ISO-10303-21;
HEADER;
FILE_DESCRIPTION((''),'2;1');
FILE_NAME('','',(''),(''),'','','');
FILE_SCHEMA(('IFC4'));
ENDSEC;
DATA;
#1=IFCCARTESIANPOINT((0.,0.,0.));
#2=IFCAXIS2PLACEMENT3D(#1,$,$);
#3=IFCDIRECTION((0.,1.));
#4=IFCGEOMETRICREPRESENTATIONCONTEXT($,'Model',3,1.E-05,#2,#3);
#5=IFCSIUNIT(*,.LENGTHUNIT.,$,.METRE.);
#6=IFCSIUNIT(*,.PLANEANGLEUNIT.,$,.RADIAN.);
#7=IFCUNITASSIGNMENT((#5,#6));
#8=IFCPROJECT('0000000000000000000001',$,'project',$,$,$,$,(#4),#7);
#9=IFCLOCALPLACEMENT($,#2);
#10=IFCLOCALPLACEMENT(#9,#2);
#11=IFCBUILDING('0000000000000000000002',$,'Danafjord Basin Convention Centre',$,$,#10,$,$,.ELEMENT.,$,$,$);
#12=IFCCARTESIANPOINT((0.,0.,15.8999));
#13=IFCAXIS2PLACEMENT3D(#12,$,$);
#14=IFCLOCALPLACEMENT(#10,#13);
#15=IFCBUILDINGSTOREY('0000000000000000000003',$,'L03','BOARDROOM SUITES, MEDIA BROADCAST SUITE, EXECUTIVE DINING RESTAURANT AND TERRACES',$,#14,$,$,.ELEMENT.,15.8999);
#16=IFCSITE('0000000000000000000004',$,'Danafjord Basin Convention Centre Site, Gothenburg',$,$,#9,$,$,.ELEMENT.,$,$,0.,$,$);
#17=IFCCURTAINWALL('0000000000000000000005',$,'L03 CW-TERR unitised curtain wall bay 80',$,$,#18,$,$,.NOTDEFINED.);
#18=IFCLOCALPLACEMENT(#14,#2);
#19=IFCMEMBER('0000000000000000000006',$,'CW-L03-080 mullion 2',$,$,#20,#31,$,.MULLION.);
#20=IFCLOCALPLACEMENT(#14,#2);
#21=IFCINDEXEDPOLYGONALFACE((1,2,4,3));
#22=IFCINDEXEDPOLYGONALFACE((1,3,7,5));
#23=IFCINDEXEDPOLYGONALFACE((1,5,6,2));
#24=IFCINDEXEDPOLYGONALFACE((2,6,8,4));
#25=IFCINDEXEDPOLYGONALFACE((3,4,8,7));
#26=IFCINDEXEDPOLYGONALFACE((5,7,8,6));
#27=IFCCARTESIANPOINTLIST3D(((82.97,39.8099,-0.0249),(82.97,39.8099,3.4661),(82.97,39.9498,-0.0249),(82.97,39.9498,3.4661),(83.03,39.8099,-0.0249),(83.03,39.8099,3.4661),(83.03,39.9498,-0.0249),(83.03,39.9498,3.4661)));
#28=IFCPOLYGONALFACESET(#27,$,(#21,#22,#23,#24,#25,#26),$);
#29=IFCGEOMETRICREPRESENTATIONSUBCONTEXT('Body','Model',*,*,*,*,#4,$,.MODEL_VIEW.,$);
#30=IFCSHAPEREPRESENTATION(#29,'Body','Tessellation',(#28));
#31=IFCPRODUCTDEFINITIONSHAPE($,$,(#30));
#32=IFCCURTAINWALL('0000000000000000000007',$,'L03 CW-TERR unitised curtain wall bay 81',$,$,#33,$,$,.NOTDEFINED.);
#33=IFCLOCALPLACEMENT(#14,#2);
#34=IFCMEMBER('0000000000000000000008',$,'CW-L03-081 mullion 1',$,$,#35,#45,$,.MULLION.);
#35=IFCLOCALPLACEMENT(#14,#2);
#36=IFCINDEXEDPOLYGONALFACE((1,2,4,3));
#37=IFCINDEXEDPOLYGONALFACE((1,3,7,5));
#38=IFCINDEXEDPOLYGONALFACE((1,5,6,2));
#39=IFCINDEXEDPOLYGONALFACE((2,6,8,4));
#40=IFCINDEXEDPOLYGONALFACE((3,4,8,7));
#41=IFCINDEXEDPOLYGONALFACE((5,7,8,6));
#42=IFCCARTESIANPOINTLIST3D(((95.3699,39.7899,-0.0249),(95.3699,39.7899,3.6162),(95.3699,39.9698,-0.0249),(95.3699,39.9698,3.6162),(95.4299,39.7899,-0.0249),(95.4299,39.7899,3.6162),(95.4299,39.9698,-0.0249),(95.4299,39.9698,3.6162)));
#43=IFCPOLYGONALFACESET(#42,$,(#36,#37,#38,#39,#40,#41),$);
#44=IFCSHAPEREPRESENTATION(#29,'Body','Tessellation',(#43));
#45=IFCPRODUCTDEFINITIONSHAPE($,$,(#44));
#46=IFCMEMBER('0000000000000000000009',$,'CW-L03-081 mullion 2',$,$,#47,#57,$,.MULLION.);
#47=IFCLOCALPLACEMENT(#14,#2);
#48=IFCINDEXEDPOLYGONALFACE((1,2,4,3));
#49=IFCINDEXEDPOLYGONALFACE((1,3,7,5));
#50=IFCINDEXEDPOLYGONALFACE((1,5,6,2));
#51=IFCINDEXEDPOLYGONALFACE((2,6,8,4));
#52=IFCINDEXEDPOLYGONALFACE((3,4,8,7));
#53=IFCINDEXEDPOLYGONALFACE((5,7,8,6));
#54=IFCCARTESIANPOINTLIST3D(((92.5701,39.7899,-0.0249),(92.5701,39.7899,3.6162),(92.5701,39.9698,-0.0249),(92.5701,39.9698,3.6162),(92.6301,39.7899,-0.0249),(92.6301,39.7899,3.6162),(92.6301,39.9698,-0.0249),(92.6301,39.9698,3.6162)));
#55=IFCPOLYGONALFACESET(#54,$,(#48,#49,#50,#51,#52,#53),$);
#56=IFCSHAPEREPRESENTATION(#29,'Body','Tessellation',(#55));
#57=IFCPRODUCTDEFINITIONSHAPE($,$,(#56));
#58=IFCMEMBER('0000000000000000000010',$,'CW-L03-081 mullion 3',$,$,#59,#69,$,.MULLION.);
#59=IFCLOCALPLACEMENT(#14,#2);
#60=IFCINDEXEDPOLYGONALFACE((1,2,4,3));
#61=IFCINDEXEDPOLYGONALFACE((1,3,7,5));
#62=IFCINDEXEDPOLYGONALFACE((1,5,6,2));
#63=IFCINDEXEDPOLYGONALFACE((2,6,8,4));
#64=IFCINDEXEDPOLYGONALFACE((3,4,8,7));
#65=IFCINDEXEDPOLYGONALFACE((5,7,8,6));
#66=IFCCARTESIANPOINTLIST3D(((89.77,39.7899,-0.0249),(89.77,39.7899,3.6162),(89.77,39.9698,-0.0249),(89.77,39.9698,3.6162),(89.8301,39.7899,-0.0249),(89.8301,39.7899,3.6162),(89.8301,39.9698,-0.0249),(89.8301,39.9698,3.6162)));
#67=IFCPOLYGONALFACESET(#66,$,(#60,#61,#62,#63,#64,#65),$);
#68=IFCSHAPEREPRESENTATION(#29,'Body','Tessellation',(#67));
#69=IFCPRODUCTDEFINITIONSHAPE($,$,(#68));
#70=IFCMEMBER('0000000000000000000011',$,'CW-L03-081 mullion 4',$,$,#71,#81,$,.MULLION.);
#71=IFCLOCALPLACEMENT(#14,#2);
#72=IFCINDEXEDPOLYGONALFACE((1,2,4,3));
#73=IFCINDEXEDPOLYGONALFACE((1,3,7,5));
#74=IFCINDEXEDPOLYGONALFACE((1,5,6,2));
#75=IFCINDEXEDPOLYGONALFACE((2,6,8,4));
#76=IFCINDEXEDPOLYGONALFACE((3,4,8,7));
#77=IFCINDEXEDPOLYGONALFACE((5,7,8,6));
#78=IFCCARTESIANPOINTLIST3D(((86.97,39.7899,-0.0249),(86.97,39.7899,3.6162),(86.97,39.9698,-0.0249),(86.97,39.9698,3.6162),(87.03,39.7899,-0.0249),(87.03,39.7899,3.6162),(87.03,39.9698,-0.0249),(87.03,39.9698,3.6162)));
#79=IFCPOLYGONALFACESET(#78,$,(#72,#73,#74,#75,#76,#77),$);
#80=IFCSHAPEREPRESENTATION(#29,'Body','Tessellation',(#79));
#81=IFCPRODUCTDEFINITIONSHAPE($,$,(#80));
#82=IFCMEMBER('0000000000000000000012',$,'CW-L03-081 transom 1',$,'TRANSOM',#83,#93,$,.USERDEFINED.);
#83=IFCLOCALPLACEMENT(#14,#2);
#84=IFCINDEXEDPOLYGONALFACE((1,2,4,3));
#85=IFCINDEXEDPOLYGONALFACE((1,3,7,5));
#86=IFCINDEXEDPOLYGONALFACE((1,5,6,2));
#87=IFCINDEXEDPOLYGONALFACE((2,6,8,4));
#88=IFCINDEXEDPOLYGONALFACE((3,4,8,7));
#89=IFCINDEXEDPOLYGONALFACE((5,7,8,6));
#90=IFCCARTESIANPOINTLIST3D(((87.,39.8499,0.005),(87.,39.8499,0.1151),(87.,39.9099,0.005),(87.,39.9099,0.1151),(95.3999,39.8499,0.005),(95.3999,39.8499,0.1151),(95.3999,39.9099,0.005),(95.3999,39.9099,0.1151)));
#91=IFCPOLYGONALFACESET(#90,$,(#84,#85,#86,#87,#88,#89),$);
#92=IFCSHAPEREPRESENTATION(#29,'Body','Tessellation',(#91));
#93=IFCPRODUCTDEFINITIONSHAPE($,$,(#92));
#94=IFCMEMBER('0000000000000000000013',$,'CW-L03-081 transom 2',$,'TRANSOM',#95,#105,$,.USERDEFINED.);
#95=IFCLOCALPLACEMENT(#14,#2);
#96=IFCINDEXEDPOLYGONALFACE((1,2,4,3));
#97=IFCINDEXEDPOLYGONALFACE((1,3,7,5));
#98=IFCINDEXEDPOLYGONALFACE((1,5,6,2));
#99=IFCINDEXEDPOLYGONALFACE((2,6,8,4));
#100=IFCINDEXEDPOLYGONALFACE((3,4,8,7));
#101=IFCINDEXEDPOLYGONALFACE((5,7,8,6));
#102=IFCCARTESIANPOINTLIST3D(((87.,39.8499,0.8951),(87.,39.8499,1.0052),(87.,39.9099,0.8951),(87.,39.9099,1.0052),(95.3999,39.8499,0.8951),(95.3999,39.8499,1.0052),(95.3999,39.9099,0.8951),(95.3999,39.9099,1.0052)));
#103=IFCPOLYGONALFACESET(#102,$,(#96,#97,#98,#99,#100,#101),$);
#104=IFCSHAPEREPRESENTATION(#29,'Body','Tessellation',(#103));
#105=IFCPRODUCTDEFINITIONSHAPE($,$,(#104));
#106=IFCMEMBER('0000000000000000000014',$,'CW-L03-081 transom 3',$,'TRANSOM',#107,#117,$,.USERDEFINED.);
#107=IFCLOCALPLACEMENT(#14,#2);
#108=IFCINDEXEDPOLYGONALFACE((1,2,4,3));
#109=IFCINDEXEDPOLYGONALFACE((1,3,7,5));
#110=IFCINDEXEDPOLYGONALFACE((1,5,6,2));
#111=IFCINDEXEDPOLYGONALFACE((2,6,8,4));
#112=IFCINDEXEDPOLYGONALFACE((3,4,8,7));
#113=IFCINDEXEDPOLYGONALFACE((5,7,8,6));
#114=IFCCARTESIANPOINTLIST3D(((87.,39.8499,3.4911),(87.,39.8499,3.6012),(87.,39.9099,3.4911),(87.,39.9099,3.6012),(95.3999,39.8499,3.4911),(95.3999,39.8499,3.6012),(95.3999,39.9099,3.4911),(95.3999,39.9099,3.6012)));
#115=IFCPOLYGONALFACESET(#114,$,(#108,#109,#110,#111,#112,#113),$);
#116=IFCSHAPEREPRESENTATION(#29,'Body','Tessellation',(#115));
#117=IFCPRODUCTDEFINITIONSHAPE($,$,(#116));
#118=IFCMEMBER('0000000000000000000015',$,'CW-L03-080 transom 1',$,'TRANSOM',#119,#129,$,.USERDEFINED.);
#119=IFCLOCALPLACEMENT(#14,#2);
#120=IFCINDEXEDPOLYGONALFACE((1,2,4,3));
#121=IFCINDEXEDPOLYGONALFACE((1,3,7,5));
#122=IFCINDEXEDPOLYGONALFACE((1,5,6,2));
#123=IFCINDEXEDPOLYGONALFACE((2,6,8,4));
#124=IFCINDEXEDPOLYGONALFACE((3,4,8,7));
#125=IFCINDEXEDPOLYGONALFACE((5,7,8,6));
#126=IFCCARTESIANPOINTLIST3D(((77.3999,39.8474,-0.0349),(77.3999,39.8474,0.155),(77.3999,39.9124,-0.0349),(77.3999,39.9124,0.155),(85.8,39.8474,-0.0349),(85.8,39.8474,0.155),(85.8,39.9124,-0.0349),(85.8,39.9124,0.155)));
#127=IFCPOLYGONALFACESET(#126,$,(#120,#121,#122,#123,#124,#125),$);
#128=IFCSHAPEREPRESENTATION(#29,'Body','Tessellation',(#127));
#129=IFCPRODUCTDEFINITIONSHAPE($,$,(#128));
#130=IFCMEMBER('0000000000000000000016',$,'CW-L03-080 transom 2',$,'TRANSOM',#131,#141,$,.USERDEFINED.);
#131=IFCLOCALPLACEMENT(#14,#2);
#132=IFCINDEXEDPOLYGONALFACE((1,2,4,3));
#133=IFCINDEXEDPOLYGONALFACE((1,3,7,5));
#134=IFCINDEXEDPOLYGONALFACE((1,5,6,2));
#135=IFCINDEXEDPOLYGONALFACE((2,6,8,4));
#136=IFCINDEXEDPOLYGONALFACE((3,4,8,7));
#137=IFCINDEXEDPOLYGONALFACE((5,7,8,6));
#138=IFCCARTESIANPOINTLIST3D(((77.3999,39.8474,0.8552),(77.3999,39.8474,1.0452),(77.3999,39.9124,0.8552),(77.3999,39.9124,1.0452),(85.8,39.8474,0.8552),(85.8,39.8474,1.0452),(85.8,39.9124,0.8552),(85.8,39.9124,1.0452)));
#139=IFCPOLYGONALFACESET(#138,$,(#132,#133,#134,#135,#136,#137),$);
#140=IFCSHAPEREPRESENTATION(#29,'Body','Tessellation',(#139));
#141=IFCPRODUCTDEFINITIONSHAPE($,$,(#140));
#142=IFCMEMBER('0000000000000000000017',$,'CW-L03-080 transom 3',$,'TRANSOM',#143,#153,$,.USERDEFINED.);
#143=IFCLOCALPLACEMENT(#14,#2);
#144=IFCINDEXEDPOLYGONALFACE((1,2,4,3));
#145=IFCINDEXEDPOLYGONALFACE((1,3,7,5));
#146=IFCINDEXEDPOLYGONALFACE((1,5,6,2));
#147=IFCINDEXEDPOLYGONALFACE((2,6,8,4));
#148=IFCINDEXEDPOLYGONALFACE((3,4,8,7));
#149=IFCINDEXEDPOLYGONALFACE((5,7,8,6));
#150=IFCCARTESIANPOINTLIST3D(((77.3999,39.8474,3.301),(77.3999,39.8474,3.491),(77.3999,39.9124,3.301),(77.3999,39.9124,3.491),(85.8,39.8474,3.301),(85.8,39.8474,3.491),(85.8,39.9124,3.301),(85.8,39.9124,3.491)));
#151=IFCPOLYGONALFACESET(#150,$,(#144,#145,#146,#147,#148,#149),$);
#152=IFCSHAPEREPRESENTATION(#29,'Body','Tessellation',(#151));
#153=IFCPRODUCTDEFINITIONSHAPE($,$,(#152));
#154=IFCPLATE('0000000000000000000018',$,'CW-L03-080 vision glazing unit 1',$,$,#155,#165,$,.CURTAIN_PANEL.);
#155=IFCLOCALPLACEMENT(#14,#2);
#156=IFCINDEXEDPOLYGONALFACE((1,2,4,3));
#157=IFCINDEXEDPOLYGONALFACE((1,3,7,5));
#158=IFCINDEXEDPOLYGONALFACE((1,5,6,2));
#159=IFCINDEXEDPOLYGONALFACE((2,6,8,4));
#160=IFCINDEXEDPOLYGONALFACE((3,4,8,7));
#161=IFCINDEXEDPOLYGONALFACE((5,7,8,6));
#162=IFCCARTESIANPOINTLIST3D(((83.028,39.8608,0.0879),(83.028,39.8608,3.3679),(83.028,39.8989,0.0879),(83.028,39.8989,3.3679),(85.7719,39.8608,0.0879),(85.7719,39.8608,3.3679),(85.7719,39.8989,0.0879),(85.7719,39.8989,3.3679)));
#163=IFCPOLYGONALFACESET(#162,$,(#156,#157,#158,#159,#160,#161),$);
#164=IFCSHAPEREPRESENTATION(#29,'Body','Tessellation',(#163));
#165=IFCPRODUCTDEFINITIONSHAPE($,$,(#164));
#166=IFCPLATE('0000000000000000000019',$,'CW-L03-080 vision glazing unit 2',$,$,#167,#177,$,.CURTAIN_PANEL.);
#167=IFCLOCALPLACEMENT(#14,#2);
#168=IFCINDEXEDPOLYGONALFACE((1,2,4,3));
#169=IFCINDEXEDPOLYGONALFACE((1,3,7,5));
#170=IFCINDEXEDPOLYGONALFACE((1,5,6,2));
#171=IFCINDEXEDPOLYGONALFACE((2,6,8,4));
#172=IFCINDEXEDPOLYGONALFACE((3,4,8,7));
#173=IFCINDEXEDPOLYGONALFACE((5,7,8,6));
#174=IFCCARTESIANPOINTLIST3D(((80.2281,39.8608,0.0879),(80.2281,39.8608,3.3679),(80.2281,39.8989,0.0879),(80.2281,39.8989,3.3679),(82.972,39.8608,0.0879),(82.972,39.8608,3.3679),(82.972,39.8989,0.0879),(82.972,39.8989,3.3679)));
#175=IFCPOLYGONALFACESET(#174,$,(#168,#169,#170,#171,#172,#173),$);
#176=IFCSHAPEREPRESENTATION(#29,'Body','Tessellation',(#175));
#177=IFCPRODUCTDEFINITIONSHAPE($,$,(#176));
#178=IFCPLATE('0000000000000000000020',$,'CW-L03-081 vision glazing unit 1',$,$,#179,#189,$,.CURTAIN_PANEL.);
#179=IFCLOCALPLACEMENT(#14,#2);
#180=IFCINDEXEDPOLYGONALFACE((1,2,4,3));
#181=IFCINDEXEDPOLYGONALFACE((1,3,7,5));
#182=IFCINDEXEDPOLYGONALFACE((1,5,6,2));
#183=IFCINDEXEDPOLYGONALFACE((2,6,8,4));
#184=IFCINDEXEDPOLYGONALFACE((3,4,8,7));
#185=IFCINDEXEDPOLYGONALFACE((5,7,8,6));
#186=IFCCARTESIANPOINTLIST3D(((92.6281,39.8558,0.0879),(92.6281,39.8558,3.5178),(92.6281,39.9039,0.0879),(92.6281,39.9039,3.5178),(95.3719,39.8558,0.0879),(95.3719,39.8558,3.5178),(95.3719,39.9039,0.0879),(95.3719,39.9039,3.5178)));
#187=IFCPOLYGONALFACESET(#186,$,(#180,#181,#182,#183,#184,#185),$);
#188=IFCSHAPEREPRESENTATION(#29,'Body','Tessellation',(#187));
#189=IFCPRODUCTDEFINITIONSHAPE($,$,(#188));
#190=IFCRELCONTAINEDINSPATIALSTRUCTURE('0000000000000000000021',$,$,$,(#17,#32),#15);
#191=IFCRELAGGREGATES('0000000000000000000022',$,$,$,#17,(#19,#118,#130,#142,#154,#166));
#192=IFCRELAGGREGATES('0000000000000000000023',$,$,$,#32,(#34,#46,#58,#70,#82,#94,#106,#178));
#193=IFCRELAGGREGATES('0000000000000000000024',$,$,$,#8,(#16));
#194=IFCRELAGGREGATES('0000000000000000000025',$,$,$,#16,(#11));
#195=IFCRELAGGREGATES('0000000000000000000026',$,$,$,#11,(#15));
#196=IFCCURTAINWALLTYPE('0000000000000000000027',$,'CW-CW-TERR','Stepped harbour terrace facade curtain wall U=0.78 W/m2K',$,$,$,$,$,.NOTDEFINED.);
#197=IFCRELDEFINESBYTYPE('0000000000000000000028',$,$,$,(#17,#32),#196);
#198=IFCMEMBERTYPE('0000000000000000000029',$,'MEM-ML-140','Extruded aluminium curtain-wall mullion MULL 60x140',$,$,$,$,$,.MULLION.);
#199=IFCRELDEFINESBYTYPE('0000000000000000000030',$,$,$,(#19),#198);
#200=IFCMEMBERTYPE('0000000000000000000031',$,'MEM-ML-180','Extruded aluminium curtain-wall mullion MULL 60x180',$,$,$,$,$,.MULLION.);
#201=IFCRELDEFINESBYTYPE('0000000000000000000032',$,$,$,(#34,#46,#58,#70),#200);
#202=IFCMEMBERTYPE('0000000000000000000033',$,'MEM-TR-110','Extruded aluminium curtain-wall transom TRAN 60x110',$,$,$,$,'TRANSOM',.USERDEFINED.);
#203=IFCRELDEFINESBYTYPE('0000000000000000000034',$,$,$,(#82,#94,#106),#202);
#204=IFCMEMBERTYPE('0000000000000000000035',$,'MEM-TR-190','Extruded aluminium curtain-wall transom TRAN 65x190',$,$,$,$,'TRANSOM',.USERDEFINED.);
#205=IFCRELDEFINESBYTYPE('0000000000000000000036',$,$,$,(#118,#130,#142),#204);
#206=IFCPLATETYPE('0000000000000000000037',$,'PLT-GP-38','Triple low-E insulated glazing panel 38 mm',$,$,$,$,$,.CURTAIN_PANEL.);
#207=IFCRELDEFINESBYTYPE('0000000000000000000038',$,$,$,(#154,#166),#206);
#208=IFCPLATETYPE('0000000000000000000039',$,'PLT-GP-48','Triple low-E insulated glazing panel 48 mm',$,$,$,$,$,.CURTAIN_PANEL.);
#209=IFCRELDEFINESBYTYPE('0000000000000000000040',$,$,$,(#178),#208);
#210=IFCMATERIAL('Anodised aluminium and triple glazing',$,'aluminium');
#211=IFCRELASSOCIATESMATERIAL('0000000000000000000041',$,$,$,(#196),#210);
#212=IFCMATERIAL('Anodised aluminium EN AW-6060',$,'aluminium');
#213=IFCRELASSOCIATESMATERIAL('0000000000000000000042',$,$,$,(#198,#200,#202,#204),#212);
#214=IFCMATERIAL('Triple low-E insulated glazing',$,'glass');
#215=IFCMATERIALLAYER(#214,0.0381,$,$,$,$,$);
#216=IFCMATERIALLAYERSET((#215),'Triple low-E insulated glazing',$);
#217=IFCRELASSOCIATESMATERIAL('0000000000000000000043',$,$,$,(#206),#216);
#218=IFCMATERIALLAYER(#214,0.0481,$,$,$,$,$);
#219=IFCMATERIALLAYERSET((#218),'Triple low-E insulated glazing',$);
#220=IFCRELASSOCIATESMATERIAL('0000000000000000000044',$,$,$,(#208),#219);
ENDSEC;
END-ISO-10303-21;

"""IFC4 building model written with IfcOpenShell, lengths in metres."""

from ifc_helpers import new_model, si_unit, direction, frame, origin, origin_2d, place, context, subcontext, project, spatial, rectangle, extrude, material, layer, layer_set, material_profile, profile_set, type_object, element, aggregate, save


model = new_model("IFC4")

# Units and contexts
model_context = context("Model", 3, precision=1e-05, world=origin(), true_north=direction((0.0, 1.0)))
body_context = subcontext(model_context, "Body", "Model", "MODEL_VIEW")
ifc_project = project(units=[si_unit("LENGTHUNIT", "METRE"), si_unit("PLANEANGLEUNIT", "RADIAN")], contexts=[model_context])

# Site, building, storey
site_placement = place(None, origin())
site = spatial("IfcSite", under=ifc_project, at=site_placement, Name="Danafjord Basin Convention Centre Site, Gothenburg", CompositionType="ELEMENT", RefElevation=0.0)
building_placement = place(site_placement, origin())
building = spatial("IfcBuilding", under=site, at=building_placement, Name="Danafjord Basin Convention Centre", CompositionType="ELEMENT")
storey_placement = place(building_placement, frame((0.0, 0.0, 15.8999)))
storey = spatial("IfcBuildingStorey", under=building, at=storey_placement, Name="L03", Description="BOARDROOM SUITES, MEDIA BROADCAST SUITE, EXECUTIVE DINING RESTAURANT AND TERRACES", CompositionType="ELEMENT", Elevation=15.8999)

# Curtain walls, members
ifc_material_1 = material(Name="Anodised aluminium and triple glazing", Category="aluminium")
curtain_wall_type = type_object("IfcCurtainWallType", Name="CW-CW-TERR", Description="Stepped harbour terrace facade curtain wall U=0.78 W/m2K", PredefinedType="NOTDEFINED", material=ifc_material_1)
curtain_wall_1_placement = place(storey_placement, origin())
curtain_wall_1 = element("IfcCurtainWall", 1, at=curtain_wall_1_placement, inside=storey, type_object=curtain_wall_type, Name="L03 CW-TERR unitised curtain wall bay 80", PredefinedType="NOTDEFINED")
ifc_material_2 = material(Name="Anodised aluminium EN AW-6060", Category="aluminium")
ifc_material_profile_1 = material_profile(ifc_material_2, rectangle(XDim=0.0601, YDim=0.1399, at=origin_2d()), Name="MULL 60x140")
ifc_profile_set_1 = profile_set([ifc_material_profile_1], Name="Anodised aluminium EN AW-6060")
member_type_1 = type_object("IfcMemberType", Name="MEM-ML-140", Description="Extruded aluminium curtain-wall mullion MULL 60x140", PredefinedType="MULLION", material=ifc_profile_set_1)
member_1_placement = place(storey_placement, frame((83.0, 39.8799, -0.0249), z_axis=(0.0, 0.0, 1.0), x_axis=(-1.0, 0.0, 0.0)))
member_1 = element("IfcMember", 2, at=member_1_placement, type_object=member_type_1, Name="CW-L03-080 mullion 2", PredefinedType="MULLION", context=body_context, shape_type="SweptSolid", body=[
    extrude(rectangle(XDim=0.0601, YDim=0.1399, at=origin_2d()), origin(), (0.0, 0.0, 1.0), 3.491),
])
curtain_wall_2_placement = place(storey_placement, origin())
curtain_wall_2 = element("IfcCurtainWall", 3, at=curtain_wall_2_placement, inside=storey, type_object=curtain_wall_type, Name="L03 CW-TERR unitised curtain wall bay 81", PredefinedType="NOTDEFINED")
ifc_material_profile_2 = material_profile(ifc_material_2, rectangle(XDim=0.0601, YDim=0.1799, at=origin_2d()), Name="MULL 60x180")
ifc_profile_set_2 = profile_set([ifc_material_profile_2], Name="Anodised aluminium EN AW-6060")
member_type_2 = type_object("IfcMemberType", Name="MEM-ML-180", Description="Extruded aluminium curtain-wall mullion MULL 60x180", PredefinedType="MULLION", material=ifc_profile_set_2)
member_2_placement = place(storey_placement, frame((95.3999, 39.8799, -0.0249), z_axis=(0.0, 0.0, 1.0), x_axis=(-1.0, 0.0, 0.0)))
member_2 = element("IfcMember", 4, at=member_2_placement, type_object=member_type_2, Name="CW-L03-081 mullion 1", PredefinedType="MULLION", context=body_context, shape_type="SweptSolid", body=[
    extrude(rectangle(XDim=0.0601, YDim=0.1799, at=origin_2d()), origin(), (0.0, 0.0, 1.0), 3.6411),
])
member_3_placement = place(storey_placement, frame((92.6001, 39.8799, -0.0249), z_axis=(0.0, 0.0, 1.0), x_axis=(-1.0, 0.0, 0.0)))
member_3 = element("IfcMember", 5, at=member_3_placement, type_object=member_type_2, Name="CW-L03-081 mullion 2", PredefinedType="MULLION", context=body_context, shape_type="SweptSolid", body=[
    extrude(rectangle(XDim=0.0601, YDim=0.1799, at=origin_2d()), origin(), (0.0, 0.0, 1.0), 3.6411),
])
member_4_placement = place(storey_placement, frame((89.8, 39.8799, -0.0249), z_axis=(0.0, 0.0, 1.0), x_axis=(-1.0, 0.0, 0.0)))
member_4 = element("IfcMember", 6, at=member_4_placement, type_object=member_type_2, Name="CW-L03-081 mullion 3", PredefinedType="MULLION", context=body_context, shape_type="SweptSolid", body=[
    extrude(rectangle(XDim=0.0601, YDim=0.1799, at=origin_2d()), origin(), (0.0, 0.0, 1.0), 3.6411),
])
member_5_placement = place(storey_placement, frame((87.0, 39.8799, -0.0249), z_axis=(0.0, 0.0, 1.0), x_axis=(-1.0, 0.0, 0.0)))
member_5 = element("IfcMember", 7, at=member_5_placement, type_object=member_type_2, Name="CW-L03-081 mullion 4", PredefinedType="MULLION", context=body_context, shape_type="SweptSolid", body=[
    extrude(rectangle(XDim=0.0601, YDim=0.1799, at=origin_2d()), origin(), (0.0, 0.0, 1.0), 3.6411),
])
ifc_material_profile_3 = material_profile(ifc_material_2, rectangle(XDim=0.0601, YDim=0.1101, at=origin_2d()), Name="TRAN 60x110")
ifc_profile_set_3 = profile_set([ifc_material_profile_3], Name="Anodised aluminium EN AW-6060")
member_type_3 = type_object("IfcMemberType", Name="MEM-TR-110", Description="Extruded aluminium curtain-wall transom TRAN 60x110", ElementType="TRANSOM", PredefinedType="USERDEFINED", material=ifc_profile_set_3)
member_6_placement = place(storey_placement, frame((95.3999, 39.8799, 0.0601), z_axis=(-1.0, 0.0, 0.0), x_axis=(0.0, -1.0, 0.0)))
member_6 = element("IfcMember", 8, at=member_6_placement, type_object=member_type_3, Name="CW-L03-081 transom 1", ObjectType="TRANSOM", PredefinedType="USERDEFINED", context=body_context, shape_type="SweptSolid", body=[
    extrude(rectangle(XDim=0.0601, YDim=0.1101, at=origin_2d()), origin(), (0.0, 0.0, 1.0), 8.3999),
])
member_7_placement = place(storey_placement, frame((95.3999, 39.8799, 0.9502), z_axis=(-1.0, 0.0, 0.0), x_axis=(0.0, -1.0, 0.0)))
member_7 = element("IfcMember", 9, at=member_7_placement, type_object=member_type_3, Name="CW-L03-081 transom 2", ObjectType="TRANSOM", PredefinedType="USERDEFINED", context=body_context, shape_type="SweptSolid", body=[
    extrude(rectangle(XDim=0.0601, YDim=0.1101, at=origin_2d()), origin(), (0.0, 0.0, 1.0), 8.3999),
])
member_8_placement = place(storey_placement, frame((95.3999, 39.8799, 3.5461), z_axis=(-1.0, 0.0, 0.0), x_axis=(0.0, -1.0, 0.0)))
member_8 = element("IfcMember", 10, at=member_8_placement, type_object=member_type_3, Name="CW-L03-081 transom 3", ObjectType="TRANSOM", PredefinedType="USERDEFINED", context=body_context, shape_type="SweptSolid", body=[
    extrude(rectangle(XDim=0.0601, YDim=0.1101, at=origin_2d()), origin(), (0.0, 0.0, 1.0), 8.3999),
])

# Members
ifc_material_profile_4 = material_profile(ifc_material_2, rectangle(XDim=0.0649, YDim=0.1899, at=origin_2d()), Name="TRAN 65x190")
ifc_profile_set_4 = profile_set([ifc_material_profile_4], Name="Anodised aluminium EN AW-6060")
member_type_4 = type_object("IfcMemberType", Name="MEM-TR-190", Description="Extruded aluminium curtain-wall transom TRAN 65x190", ElementType="TRANSOM", PredefinedType="USERDEFINED", material=ifc_profile_set_4)
member_9_placement = place(storey_placement, frame((85.8, 39.8799, 0.0601), z_axis=(-1.0, 0.0, 0.0), x_axis=(0.0, -1.0, 0.0)))
member_9 = element("IfcMember", 11, at=member_9_placement, type_object=member_type_4, Name="CW-L03-080 transom 1", ObjectType="TRANSOM", PredefinedType="USERDEFINED", context=body_context, shape_type="SweptSolid", body=[
    extrude(rectangle(XDim=0.0649, YDim=0.1899, at=origin_2d()), origin(), (0.0, 0.0, 1.0), 8.4001),
])
member_10_placement = place(storey_placement, frame((85.8, 39.8799, 0.9502), z_axis=(-1.0, 0.0, 0.0), x_axis=(0.0, -1.0, 0.0)))
member_10 = element("IfcMember", 12, at=member_10_placement, type_object=member_type_4, Name="CW-L03-080 transom 2", ObjectType="TRANSOM", PredefinedType="USERDEFINED", context=body_context, shape_type="SweptSolid", body=[
    extrude(rectangle(XDim=0.0649, YDim=0.1899, at=origin_2d()), origin(), (0.0, 0.0, 1.0), 8.4001),
])
member_11_placement = place(storey_placement, frame((85.8, 39.8799, 3.396), z_axis=(-1.0, 0.0, 0.0), x_axis=(0.0, -1.0, 0.0)))
member_11 = element("IfcMember", 13, at=member_11_placement, type_object=member_type_4, Name="CW-L03-080 transom 3", ObjectType="TRANSOM", PredefinedType="USERDEFINED", context=body_context, shape_type="SweptSolid", body=[
    extrude(rectangle(XDim=0.0649, YDim=0.1899, at=origin_2d()), origin(), (0.0, 0.0, 1.0), 8.4001),
])

# Plates
ifc_material_3 = material(Name="Triple low-E insulated glazing", Category="glass")
ifc_layer_1 = layer(ifc_material_3, 0.0381)
ifc_layer_set_1 = layer_set([ifc_layer_1], Name="Triple low-E insulated glazing")
plate_type_1 = type_object("IfcPlateType", Name="PLT-GP-38", Description="Triple low-E insulated glazing panel 38 mm", PredefinedType="CURTAIN_PANEL", material=ifc_layer_set_1)
plate_1_placement = place(storey_placement, frame((84.3999, 39.8799, 0.0879), z_axis=(0.0, 0.0, 1.0), x_axis=(-1.0, 0.0, 0.0)))
plate_1 = element("IfcPlate", 14, at=plate_1_placement, type_object=plate_type_1, Name="CW-L03-080 vision glazing unit 1", PredefinedType="CURTAIN_PANEL", context=body_context, shape_type="SweptSolid", body=[
    extrude(rectangle(XDim=2.7439, YDim=0.0381, at=origin_2d()), origin(), (0.0, 0.0, 1.0), 3.28),
])
plate_2_placement = place(storey_placement, frame((81.6001, 39.8799, 0.0879), z_axis=(0.0, 0.0, 1.0), x_axis=(-1.0, 0.0, 0.0)))
plate_2 = element("IfcPlate", 15, at=plate_2_placement, type_object=plate_type_1, Name="CW-L03-080 vision glazing unit 2", PredefinedType="CURTAIN_PANEL", context=body_context, shape_type="SweptSolid", body=[
    extrude(rectangle(XDim=2.7439, YDim=0.0381, at=origin_2d()), origin(), (0.0, 0.0, 1.0), 3.28),
])
aggregate(curtain_wall_1, [member_1, member_9, member_10, member_11, plate_1, plate_2])
ifc_layer_2 = layer(ifc_material_3, 0.0481)
ifc_layer_set_2 = layer_set([ifc_layer_2], Name="Triple low-E insulated glazing")
plate_type_2 = type_object("IfcPlateType", Name="PLT-GP-48", Description="Triple low-E insulated glazing panel 48 mm", PredefinedType="CURTAIN_PANEL", material=ifc_layer_set_2)
plate_3_placement = place(storey_placement, frame((94.0, 39.8799, 0.0879), z_axis=(0.0, 0.0, 1.0), x_axis=(-1.0, 0.0, 0.0)))
plate_3 = element("IfcPlate", 16, at=plate_3_placement, type_object=plate_type_2, Name="CW-L03-081 vision glazing unit 1", PredefinedType="CURTAIN_PANEL", context=body_context, shape_type="SweptSolid", body=[
    extrude(rectangle(XDim=2.7439, YDim=0.0481, at=origin_2d()), origin(), (0.0, 0.0, 1.0), 3.4299),
])
aggregate(curtain_wall_2, [member_2, member_3, member_4, member_5, member_6, member_7, member_8, plate_3])

save(model, "model.ifc")
